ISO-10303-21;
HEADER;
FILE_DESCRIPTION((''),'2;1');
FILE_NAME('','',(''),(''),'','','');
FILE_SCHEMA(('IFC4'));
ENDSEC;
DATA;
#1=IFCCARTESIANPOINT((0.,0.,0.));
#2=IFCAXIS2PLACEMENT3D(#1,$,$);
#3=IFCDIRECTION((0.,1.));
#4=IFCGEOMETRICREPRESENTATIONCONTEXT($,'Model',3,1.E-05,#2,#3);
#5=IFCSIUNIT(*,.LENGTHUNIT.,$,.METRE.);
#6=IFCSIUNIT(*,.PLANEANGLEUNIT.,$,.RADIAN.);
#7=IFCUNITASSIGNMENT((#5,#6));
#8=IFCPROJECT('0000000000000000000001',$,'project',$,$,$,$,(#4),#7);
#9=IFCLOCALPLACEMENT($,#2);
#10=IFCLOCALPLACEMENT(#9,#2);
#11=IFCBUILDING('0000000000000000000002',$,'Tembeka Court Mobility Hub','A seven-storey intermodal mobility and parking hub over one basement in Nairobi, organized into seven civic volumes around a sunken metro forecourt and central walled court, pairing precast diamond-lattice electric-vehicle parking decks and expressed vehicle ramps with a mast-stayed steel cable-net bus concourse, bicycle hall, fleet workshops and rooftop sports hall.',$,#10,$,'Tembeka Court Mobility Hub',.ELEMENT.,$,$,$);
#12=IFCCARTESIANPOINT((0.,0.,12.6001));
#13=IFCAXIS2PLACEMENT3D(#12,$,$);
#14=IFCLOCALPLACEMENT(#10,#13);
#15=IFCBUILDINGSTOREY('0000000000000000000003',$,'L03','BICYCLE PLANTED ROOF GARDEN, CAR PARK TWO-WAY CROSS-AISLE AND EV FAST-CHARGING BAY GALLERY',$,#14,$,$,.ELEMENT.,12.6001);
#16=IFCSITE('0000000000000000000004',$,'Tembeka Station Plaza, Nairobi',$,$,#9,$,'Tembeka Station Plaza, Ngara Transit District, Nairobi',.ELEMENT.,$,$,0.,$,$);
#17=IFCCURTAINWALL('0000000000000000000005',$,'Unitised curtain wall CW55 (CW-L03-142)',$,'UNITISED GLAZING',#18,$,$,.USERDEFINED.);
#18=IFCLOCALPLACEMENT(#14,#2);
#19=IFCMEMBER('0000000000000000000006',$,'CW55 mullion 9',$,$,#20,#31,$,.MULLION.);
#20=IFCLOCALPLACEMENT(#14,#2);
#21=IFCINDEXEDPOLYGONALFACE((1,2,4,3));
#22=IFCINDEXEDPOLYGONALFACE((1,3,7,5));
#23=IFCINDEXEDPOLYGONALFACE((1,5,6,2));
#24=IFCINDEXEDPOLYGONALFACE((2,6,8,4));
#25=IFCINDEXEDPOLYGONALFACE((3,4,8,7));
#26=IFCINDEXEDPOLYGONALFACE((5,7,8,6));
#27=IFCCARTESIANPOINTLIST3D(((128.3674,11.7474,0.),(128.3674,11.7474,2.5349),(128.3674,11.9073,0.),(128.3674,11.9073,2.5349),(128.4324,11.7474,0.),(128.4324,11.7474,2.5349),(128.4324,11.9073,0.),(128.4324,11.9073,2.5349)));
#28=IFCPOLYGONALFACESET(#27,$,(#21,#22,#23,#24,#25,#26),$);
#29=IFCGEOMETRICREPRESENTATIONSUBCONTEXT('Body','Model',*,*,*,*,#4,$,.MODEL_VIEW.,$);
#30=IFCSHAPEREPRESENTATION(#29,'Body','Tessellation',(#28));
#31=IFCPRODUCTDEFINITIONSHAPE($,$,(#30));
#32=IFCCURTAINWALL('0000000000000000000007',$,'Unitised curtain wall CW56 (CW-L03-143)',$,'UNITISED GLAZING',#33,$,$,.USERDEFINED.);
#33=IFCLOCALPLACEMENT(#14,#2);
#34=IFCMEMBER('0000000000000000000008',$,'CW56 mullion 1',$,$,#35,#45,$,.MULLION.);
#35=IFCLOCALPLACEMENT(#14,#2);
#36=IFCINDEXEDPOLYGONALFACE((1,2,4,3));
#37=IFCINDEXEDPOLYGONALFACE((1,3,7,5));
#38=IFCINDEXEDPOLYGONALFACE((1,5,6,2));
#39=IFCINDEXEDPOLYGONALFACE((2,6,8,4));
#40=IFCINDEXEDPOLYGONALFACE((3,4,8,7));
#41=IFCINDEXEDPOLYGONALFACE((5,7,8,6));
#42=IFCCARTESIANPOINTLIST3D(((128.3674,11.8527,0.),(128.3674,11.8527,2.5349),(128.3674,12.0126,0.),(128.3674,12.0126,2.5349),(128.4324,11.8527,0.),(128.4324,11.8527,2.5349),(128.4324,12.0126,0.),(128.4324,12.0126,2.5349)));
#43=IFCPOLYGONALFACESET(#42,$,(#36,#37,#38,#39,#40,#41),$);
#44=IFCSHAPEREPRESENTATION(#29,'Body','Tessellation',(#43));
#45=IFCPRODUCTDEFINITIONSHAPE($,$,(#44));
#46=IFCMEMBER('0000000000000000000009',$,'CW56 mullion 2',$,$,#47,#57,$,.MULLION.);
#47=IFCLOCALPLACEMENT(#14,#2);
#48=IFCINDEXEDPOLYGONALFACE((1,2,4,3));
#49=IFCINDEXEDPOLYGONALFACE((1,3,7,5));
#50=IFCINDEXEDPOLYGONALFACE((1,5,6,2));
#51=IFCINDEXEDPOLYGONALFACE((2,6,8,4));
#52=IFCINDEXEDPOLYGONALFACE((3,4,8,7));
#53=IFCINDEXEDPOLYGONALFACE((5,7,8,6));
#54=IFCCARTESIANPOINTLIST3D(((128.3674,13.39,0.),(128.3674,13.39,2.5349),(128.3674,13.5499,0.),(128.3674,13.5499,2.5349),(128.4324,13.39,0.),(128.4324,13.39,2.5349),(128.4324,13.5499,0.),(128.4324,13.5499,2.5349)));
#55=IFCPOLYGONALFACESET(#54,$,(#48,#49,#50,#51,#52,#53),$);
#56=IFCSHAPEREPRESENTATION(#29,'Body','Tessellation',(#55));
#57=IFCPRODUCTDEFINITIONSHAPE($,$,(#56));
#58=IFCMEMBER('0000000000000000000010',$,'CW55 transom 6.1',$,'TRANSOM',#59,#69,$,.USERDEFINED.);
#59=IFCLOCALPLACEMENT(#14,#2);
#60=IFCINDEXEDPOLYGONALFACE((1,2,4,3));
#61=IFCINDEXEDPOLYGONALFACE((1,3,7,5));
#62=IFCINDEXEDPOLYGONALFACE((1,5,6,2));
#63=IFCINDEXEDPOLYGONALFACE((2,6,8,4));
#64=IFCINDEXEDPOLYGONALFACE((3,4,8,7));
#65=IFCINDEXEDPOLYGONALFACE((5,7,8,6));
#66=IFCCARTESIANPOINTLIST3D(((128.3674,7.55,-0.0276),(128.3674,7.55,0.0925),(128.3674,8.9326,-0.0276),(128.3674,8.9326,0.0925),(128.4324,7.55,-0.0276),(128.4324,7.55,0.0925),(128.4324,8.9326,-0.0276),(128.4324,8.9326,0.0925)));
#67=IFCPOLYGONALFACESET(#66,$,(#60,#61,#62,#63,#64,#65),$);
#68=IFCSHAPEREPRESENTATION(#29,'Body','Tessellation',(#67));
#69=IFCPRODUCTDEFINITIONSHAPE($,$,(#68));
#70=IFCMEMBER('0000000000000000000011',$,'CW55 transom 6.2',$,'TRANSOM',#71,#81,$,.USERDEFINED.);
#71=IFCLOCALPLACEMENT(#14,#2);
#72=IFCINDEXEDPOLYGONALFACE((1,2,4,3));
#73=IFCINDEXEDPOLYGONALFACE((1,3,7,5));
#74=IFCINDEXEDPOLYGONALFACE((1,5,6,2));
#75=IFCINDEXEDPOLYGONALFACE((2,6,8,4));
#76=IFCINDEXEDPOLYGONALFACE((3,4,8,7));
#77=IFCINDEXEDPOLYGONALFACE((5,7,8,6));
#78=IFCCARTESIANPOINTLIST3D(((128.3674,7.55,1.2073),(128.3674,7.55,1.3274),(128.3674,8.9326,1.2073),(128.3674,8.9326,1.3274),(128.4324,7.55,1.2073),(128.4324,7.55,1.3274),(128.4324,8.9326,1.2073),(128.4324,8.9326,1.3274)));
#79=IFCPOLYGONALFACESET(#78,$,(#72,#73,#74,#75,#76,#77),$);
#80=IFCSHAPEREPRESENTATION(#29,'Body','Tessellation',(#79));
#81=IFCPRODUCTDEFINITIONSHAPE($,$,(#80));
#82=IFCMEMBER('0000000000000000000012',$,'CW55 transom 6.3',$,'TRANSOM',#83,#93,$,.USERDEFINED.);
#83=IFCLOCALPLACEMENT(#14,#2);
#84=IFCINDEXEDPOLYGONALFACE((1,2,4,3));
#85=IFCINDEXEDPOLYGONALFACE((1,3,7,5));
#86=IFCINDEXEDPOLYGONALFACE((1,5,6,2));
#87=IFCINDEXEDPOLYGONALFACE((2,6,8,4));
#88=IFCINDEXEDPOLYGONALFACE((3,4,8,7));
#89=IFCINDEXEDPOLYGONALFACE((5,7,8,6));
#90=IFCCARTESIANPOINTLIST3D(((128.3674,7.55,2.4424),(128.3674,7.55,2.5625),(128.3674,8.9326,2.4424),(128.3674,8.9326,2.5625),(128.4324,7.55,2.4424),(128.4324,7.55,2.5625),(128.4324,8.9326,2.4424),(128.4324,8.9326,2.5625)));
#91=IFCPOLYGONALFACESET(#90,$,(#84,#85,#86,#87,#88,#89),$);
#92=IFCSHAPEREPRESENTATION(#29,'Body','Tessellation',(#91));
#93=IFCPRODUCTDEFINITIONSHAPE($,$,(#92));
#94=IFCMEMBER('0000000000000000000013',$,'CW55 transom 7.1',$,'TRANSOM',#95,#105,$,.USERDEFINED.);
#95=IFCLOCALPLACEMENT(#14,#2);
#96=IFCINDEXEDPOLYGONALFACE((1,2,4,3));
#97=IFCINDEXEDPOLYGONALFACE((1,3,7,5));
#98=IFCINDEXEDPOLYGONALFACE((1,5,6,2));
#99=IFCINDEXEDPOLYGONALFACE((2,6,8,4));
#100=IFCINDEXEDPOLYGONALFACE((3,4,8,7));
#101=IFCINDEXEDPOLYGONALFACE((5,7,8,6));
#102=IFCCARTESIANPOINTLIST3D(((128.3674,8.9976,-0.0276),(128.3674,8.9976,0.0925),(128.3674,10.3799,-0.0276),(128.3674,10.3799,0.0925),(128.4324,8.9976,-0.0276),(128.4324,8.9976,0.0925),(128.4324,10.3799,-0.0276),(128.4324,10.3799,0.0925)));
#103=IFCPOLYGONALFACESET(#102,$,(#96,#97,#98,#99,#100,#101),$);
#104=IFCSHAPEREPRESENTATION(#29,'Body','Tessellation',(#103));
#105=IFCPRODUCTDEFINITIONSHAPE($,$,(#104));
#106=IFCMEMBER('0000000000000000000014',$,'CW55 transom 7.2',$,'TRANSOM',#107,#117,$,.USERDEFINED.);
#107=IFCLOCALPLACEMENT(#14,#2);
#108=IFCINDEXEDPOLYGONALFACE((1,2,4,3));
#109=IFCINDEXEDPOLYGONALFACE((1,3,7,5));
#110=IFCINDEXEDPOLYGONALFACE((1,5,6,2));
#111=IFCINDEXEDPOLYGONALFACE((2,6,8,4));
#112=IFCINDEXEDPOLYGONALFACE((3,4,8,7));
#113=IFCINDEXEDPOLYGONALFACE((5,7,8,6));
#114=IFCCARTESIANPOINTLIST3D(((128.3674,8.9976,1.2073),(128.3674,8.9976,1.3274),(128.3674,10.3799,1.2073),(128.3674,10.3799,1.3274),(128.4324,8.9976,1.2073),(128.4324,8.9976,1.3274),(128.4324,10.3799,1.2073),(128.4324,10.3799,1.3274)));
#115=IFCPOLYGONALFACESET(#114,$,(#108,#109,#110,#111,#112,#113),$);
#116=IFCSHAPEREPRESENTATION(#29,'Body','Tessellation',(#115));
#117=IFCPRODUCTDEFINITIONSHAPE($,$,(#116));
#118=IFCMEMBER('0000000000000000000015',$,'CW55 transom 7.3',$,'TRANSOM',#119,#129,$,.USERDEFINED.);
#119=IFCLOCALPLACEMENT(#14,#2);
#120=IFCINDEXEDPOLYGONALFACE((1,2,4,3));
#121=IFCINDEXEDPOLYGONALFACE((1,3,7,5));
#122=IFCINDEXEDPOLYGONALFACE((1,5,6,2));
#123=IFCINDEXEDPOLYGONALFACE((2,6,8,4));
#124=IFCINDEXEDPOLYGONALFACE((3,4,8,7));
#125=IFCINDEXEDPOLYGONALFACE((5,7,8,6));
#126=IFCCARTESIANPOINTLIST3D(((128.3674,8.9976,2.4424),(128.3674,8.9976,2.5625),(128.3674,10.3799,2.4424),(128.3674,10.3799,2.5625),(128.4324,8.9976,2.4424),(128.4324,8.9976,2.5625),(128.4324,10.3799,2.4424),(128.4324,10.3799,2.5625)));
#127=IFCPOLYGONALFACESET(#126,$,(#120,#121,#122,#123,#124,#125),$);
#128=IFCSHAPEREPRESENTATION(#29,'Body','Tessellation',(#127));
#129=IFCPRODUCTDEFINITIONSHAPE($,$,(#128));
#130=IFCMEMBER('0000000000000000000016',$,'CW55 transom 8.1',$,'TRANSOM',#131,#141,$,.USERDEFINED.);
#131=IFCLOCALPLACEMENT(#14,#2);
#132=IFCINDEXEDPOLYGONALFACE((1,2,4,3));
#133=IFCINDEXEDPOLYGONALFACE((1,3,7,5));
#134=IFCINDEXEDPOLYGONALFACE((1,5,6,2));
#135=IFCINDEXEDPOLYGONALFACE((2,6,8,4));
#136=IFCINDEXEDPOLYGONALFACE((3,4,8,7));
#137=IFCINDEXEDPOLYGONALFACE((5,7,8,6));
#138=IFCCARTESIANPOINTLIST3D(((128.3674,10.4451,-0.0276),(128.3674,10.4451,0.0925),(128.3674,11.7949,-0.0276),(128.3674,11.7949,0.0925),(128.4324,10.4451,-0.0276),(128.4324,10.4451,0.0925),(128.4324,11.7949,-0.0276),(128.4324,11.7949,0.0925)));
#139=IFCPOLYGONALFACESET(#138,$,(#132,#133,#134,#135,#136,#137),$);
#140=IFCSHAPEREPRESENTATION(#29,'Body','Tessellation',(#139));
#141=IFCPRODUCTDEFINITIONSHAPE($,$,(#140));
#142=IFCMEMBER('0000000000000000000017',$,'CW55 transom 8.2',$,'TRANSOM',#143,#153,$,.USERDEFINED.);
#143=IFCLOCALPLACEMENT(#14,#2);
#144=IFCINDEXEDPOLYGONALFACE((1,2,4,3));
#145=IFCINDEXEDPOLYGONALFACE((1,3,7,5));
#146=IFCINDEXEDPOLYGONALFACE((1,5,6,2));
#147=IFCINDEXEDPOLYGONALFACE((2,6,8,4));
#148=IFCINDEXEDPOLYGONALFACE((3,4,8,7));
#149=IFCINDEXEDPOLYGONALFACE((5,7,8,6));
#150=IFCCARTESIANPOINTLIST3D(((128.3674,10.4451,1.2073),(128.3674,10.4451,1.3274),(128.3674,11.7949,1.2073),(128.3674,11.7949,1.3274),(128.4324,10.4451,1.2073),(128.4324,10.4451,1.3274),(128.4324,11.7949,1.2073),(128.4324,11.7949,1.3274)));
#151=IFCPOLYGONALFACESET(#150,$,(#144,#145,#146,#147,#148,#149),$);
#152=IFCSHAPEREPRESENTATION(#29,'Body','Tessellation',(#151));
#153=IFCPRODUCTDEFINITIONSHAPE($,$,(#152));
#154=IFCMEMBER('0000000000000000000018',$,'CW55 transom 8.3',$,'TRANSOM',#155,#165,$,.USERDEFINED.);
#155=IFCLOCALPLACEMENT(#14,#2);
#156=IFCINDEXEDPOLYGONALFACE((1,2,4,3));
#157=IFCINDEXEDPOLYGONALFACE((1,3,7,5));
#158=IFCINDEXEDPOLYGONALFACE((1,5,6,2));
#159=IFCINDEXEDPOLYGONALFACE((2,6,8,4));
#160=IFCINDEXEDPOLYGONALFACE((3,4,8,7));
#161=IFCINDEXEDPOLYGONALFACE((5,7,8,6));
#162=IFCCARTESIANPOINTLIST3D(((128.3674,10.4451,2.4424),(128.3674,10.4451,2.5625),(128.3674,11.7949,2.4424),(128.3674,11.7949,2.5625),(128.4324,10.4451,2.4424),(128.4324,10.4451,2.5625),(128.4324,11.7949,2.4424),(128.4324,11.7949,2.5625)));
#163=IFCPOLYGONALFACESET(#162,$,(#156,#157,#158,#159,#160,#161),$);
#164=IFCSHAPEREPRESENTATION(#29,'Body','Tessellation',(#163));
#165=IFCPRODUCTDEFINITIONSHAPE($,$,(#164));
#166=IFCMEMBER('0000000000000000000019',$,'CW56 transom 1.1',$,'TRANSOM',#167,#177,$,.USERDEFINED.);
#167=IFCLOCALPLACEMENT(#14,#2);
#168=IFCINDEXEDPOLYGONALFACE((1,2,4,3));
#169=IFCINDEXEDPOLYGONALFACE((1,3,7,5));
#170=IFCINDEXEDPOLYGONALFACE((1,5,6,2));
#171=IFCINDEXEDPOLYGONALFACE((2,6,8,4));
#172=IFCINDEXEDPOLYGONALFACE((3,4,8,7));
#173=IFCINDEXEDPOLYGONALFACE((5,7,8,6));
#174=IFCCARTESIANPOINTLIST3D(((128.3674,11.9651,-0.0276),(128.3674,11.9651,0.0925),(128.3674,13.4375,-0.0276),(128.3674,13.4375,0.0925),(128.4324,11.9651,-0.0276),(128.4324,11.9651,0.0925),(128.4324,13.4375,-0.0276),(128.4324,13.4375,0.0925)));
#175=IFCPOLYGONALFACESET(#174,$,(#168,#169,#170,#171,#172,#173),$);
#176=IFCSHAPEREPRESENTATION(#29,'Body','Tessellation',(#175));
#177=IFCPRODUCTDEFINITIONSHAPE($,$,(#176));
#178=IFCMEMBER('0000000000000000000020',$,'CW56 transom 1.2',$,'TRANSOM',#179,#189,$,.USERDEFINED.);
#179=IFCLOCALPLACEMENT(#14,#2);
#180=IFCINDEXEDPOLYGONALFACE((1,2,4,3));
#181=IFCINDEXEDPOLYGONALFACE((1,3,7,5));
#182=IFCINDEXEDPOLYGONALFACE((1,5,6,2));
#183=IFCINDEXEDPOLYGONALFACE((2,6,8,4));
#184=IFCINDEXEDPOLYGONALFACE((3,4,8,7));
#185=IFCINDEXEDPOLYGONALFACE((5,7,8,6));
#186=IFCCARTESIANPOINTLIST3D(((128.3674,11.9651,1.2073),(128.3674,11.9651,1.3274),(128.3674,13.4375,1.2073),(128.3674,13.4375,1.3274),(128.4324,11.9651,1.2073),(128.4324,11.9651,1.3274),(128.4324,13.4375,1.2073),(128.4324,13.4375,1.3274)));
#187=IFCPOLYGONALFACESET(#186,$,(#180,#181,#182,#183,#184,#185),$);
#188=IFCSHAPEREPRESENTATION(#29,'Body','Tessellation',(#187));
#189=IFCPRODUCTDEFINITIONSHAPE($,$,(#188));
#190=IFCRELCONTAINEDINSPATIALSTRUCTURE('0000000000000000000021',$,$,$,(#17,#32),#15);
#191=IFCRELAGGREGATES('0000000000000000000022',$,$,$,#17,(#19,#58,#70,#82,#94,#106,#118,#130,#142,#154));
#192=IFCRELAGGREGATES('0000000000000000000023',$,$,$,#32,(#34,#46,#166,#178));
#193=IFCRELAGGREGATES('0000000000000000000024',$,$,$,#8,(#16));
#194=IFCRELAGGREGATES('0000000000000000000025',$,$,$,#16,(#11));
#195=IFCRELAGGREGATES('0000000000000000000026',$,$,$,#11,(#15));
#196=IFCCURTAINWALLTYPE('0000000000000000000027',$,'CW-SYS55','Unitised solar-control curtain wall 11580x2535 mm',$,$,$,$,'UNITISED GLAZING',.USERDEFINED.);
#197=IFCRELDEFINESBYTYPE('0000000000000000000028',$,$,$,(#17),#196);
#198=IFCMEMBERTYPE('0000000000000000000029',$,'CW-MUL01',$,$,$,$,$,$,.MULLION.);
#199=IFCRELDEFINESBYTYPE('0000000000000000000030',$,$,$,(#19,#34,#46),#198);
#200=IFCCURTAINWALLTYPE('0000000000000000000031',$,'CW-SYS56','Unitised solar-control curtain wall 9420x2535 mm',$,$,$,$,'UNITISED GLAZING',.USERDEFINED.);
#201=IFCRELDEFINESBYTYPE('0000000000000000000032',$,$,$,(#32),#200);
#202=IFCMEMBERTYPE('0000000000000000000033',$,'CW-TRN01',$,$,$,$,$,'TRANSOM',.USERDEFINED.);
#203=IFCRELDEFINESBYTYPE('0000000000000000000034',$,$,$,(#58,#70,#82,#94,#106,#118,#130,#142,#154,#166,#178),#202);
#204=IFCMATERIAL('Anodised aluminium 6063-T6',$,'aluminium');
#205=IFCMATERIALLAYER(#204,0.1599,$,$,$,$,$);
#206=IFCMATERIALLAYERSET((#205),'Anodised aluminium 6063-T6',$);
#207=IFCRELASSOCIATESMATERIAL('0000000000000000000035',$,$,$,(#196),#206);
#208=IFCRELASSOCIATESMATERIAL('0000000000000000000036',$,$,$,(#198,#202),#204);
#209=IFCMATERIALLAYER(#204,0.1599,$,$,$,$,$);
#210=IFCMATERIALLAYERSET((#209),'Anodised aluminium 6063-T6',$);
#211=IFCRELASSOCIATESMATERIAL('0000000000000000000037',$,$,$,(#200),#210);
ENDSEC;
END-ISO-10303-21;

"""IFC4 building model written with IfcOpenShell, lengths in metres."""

from ifc_helpers import new_model, si_unit, direction, frame, origin, origin_2d, place, context, subcontext, project, spatial, rectangle, extrude, material, layer, layer_set, material_profile, profile_set, type_object, element, aggregate, save


model = new_model("IFC4")

# Units and contexts
model_context = context("Model", 3, precision=1e-05, world=origin(), true_north=direction((0.0, 1.0)))
body_context = subcontext(model_context, "Body", "Model", "MODEL_VIEW")
ifc_project = project(units=[si_unit("LENGTHUNIT", "METRE"), si_unit("PLANEANGLEUNIT", "RADIAN")], contexts=[model_context])

# Site, building, storey
site_placement = place(None, origin())
site = spatial("IfcSite", under=ifc_project, at=site_placement, Name="Tembeka Station Plaza, Nairobi", LongName="Tembeka Station Plaza, Ngara Transit District, Nairobi", CompositionType="ELEMENT", RefElevation=0.0)
building_placement = place(site_placement, origin())
building = spatial("IfcBuilding", under=site, at=building_placement, Name="Tembeka Court Mobility Hub", Description="A seven-storey intermodal mobility and parking hub over one basement in Nairobi, organized into seven civic volumes around a sunken metro forecourt and central walled court, pairing precast diamond-lattice electric-vehicle parking decks and expressed vehicle ramps with a mast-stayed steel cable-net bus concourse, bicycle hall, fleet workshops and rooftop sports hall.", LongName="Tembeka Court Mobility Hub", CompositionType="ELEMENT")
storey_placement = place(building_placement, frame((0.0, 0.0, 12.6001)))
storey = spatial("IfcBuildingStorey", under=building, at=storey_placement, Name="L03", Description="BICYCLE PLANTED ROOF GARDEN, CAR PARK TWO-WAY CROSS-AISLE AND EV FAST-CHARGING BAY GALLERY", CompositionType="ELEMENT", Elevation=12.6001)

# Curtain walls, members
ifc_material_1 = material(Name="Anodised aluminium 6063-T6", Category="aluminium")
ifc_layer_1 = layer(ifc_material_1, 0.1599)
ifc_layer_set_1 = layer_set([ifc_layer_1], Name="Anodised aluminium 6063-T6")
curtain_wall_type_1 = type_object("IfcCurtainWallType", Name="CW-SYS55", Description="Unitised solar-control curtain wall 11580x2535 mm", ElementType="UNITISED GLAZING", PredefinedType="USERDEFINED", material=ifc_layer_set_1)
curtain_wall_1_placement = place(storey_placement, origin())
curtain_wall_1 = element("IfcCurtainWall", 1, at=curtain_wall_1_placement, inside=storey, type_object=curtain_wall_type_1, Name="Unitised curtain wall CW55 (CW-L03-142)", ObjectType="UNITISED GLAZING", PredefinedType="USERDEFINED")
ifc_material_profile_1 = material_profile(ifc_material_1, rectangle(XDim=0.0649, YDim=0.1599, at=origin_2d()), Name="ALU-MUL 65x160")
ifc_profile_set_1 = profile_set([ifc_material_profile_1], Name="Anodised aluminium 6063-T6")
member_type_1 = type_object("IfcMemberType", Name="CW-MUL01", PredefinedType="MULLION", material=ifc_profile_set_1)
member_1_placement = place(storey_placement, frame((128.3999, 11.8274, 0.0), z_axis=(0.0, 0.0, 1.0), x_axis=(-1.0, 0.0, 0.0)))
member_1 = element("IfcMember", 2, at=member_1_placement, type_object=member_type_1, Name="CW55 mullion 9", PredefinedType="MULLION", context=body_context, shape_type="SweptSolid", body=[
    extrude(rectangle(XDim=0.0649, YDim=0.1599, at=origin_2d()), origin(), (0.0, 0.0, 1.0), 2.5349),
])
ifc_layer_2 = layer(ifc_material_1, 0.1599)
ifc_layer_set_2 = layer_set([ifc_layer_2], Name="Anodised aluminium 6063-T6")
curtain_wall_type_2 = type_object("IfcCurtainWallType", Name="CW-SYS56", Description="Unitised solar-control curtain wall 9420x2535 mm", ElementType="UNITISED GLAZING", PredefinedType="USERDEFINED", material=ifc_layer_set_2)
curtain_wall_2_placement = place(storey_placement, origin())
curtain_wall_2 = element("IfcCurtainWall", 3, at=curtain_wall_2_placement, inside=storey, type_object=curtain_wall_type_2, Name="Unitised curtain wall CW56 (CW-L03-143)", ObjectType="UNITISED GLAZING", PredefinedType="USERDEFINED")
member_2_placement = place(storey_placement, frame((128.3999, 11.9326, 0.0), z_axis=(0.0, 0.0, 1.0), x_axis=(-1.0, 0.0, 0.0)))
member_2 = element("IfcMember", 4, at=member_2_placement, type_object=member_type_1, Name="CW56 mullion 1", PredefinedType="MULLION", context=body_context, shape_type="SweptSolid", body=[
    extrude(rectangle(XDim=0.0649, YDim=0.1599, at=origin_2d()), origin(), (0.0, 0.0, 1.0), 2.5349),
])
member_3_placement = place(storey_placement, frame((128.3999, 13.47, 0.0), z_axis=(0.0, 0.0, 1.0), x_axis=(-1.0, 0.0, 0.0)))
member_3 = element("IfcMember", 5, at=member_3_placement, type_object=member_type_1, Name="CW56 mullion 2", PredefinedType="MULLION", context=body_context, shape_type="SweptSolid", body=[
    extrude(rectangle(XDim=0.0649, YDim=0.1599, at=origin_2d()), origin(), (0.0, 0.0, 1.0), 2.5349),
])

# Members
ifc_material_profile_2 = material_profile(ifc_material_1, rectangle(XDim=0.0649, YDim=0.1201, at=origin_2d()), Name="ALU-TRN 65x120")
ifc_profile_set_2 = profile_set([ifc_material_profile_2], Name="Anodised aluminium 6063-T6")
member_type_2 = type_object("IfcMemberType", Name="CW-TRN01", ElementType="TRANSOM", PredefinedType="USERDEFINED", material=ifc_profile_set_2)
member_4_placement = place(storey_placement, frame((128.3999, 7.55, 0.0325), z_axis=(0.0, 1.0, 0.0), x_axis=(-1.0, 0.0, 0.0)))
member_4 = element("IfcMember", 6, at=member_4_placement, type_object=member_type_2, Name="CW55 transom 6.1", ObjectType="TRANSOM", PredefinedType="USERDEFINED", context=body_context, shape_type="SweptSolid", body=[
    extrude(rectangle(XDim=0.0649, YDim=0.1201, at=origin_2d()), origin(), (0.0, 0.0, 1.0), 1.3826),
])
member_5_placement = place(storey_placement, frame((128.3999, 7.55, 1.2673), z_axis=(0.0, 1.0, 0.0), x_axis=(-1.0, 0.0, 0.0)))
member_5 = element("IfcMember", 7, at=member_5_placement, type_object=member_type_2, Name="CW55 transom 6.2", ObjectType="TRANSOM", PredefinedType="USERDEFINED", context=body_context, shape_type="SweptSolid", body=[
    extrude(rectangle(XDim=0.0649, YDim=0.1201, at=origin_2d()), origin(), (0.0, 0.0, 1.0), 1.3826),
])
member_6_placement = place(storey_placement, frame((128.3999, 7.55, 2.5024), z_axis=(0.0, 1.0, 0.0), x_axis=(-1.0, 0.0, 0.0)))
member_6 = element("IfcMember", 8, at=member_6_placement, type_object=member_type_2, Name="CW55 transom 6.3", ObjectType="TRANSOM", PredefinedType="USERDEFINED", context=body_context, shape_type="SweptSolid", body=[
    extrude(rectangle(XDim=0.0649, YDim=0.1201, at=origin_2d()), origin(), (0.0, 0.0, 1.0), 1.3826),
])
member_7_placement = place(storey_placement, frame((128.3999, 8.9976, 0.0325), z_axis=(0.0, 1.0, 0.0), x_axis=(-1.0, 0.0, 0.0)))
member_7 = element("IfcMember", 9, at=member_7_placement, type_object=member_type_2, Name="CW55 transom 7.1", ObjectType="TRANSOM", PredefinedType="USERDEFINED", context=body_context, shape_type="SweptSolid", body=[
    extrude(rectangle(XDim=0.0649, YDim=0.1201, at=origin_2d()), origin(), (0.0, 0.0, 1.0), 1.3823),
])
member_8_placement = place(storey_placement, frame((128.3999, 8.9976, 1.2673), z_axis=(0.0, 1.0, 0.0), x_axis=(-1.0, 0.0, 0.0)))
member_8 = element("IfcMember", 10, at=member_8_placement, type_object=member_type_2, Name="CW55 transom 7.2", ObjectType="TRANSOM", PredefinedType="USERDEFINED", context=body_context, shape_type="SweptSolid", body=[
    extrude(rectangle(XDim=0.0649, YDim=0.1201, at=origin_2d()), origin(), (0.0, 0.0, 1.0), 1.3823),
])
member_9_placement = place(storey_placement, frame((128.3999, 8.9976, 2.5024), z_axis=(0.0, 1.0, 0.0), x_axis=(-1.0, 0.0, 0.0)))
member_9 = element("IfcMember", 11, at=member_9_placement, type_object=member_type_2, Name="CW55 transom 7.3", ObjectType="TRANSOM", PredefinedType="USERDEFINED", context=body_context, shape_type="SweptSolid", body=[
    extrude(rectangle(XDim=0.0649, YDim=0.1201, at=origin_2d()), origin(), (0.0, 0.0, 1.0), 1.3823),
])
member_10_placement = place(storey_placement, frame((128.3999, 10.4451, 0.0325), z_axis=(0.0, 1.0, 0.0), x_axis=(-1.0, 0.0, 0.0)))
member_10 = element("IfcMember", 12, at=member_10_placement, type_object=member_type_2, Name="CW55 transom 8.1", ObjectType="TRANSOM", PredefinedType="USERDEFINED", context=body_context, shape_type="SweptSolid", body=[
    extrude(rectangle(XDim=0.0649, YDim=0.1201, at=origin_2d()), origin(), (0.0, 0.0, 1.0), 1.3499),
])
member_11_placement = place(storey_placement, frame((128.3999, 10.4451, 1.2673), z_axis=(0.0, 1.0, 0.0), x_axis=(-1.0, 0.0, 0.0)))
member_11 = element("IfcMember", 13, at=member_11_placement, type_object=member_type_2, Name="CW55 transom 8.2", ObjectType="TRANSOM", PredefinedType="USERDEFINED", context=body_context, shape_type="SweptSolid", body=[
    extrude(rectangle(XDim=0.0649, YDim=0.1201, at=origin_2d()), origin(), (0.0, 0.0, 1.0), 1.3499),
])
member_12_placement = place(storey_placement, frame((128.3999, 10.4451, 2.5024), z_axis=(0.0, 1.0, 0.0), x_axis=(-1.0, 0.0, 0.0)))
member_12 = element("IfcMember", 14, at=member_12_placement, type_object=member_type_2, Name="CW55 transom 8.3", ObjectType="TRANSOM", PredefinedType="USERDEFINED", context=body_context, shape_type="SweptSolid", body=[
    extrude(rectangle(XDim=0.0649, YDim=0.1201, at=origin_2d()), origin(), (0.0, 0.0, 1.0), 1.3499),
])
member_13_placement = place(storey_placement, frame((128.3999, 11.9651, 0.0325), z_axis=(0.0, 1.0, 0.0), x_axis=(-1.0, 0.0, 0.0)))
member_13 = element("IfcMember", 15, at=member_13_placement, type_object=member_type_2, Name="CW56 transom 1.1", ObjectType="TRANSOM", PredefinedType="USERDEFINED", context=body_context, shape_type="SweptSolid", body=[
    extrude(rectangle(XDim=0.0649, YDim=0.1201, at=origin_2d()), origin(), (0.0, 0.0, 1.0), 1.4724),
])
member_14_placement = place(storey_placement, frame((128.3999, 11.9651, 1.2673), z_axis=(0.0, 1.0, 0.0), x_axis=(-1.0, 0.0, 0.0)))
member_14 = element("IfcMember", 16, at=member_14_placement, type_object=member_type_2, Name="CW56 transom 1.2", ObjectType="TRANSOM", PredefinedType="USERDEFINED", context=body_context, shape_type="SweptSolid", body=[
    extrude(rectangle(XDim=0.0649, YDim=0.1201, at=origin_2d()), origin(), (0.0, 0.0, 1.0), 1.4724),
])

aggregate(curtain_wall_1, [member_1, member_4, member_5, member_6, member_7, member_8, member_9, member_10, member_11, member_12])
aggregate(curtain_wall_2, [member_2, member_3, member_13, member_14])

save(model, "model.ifc")
